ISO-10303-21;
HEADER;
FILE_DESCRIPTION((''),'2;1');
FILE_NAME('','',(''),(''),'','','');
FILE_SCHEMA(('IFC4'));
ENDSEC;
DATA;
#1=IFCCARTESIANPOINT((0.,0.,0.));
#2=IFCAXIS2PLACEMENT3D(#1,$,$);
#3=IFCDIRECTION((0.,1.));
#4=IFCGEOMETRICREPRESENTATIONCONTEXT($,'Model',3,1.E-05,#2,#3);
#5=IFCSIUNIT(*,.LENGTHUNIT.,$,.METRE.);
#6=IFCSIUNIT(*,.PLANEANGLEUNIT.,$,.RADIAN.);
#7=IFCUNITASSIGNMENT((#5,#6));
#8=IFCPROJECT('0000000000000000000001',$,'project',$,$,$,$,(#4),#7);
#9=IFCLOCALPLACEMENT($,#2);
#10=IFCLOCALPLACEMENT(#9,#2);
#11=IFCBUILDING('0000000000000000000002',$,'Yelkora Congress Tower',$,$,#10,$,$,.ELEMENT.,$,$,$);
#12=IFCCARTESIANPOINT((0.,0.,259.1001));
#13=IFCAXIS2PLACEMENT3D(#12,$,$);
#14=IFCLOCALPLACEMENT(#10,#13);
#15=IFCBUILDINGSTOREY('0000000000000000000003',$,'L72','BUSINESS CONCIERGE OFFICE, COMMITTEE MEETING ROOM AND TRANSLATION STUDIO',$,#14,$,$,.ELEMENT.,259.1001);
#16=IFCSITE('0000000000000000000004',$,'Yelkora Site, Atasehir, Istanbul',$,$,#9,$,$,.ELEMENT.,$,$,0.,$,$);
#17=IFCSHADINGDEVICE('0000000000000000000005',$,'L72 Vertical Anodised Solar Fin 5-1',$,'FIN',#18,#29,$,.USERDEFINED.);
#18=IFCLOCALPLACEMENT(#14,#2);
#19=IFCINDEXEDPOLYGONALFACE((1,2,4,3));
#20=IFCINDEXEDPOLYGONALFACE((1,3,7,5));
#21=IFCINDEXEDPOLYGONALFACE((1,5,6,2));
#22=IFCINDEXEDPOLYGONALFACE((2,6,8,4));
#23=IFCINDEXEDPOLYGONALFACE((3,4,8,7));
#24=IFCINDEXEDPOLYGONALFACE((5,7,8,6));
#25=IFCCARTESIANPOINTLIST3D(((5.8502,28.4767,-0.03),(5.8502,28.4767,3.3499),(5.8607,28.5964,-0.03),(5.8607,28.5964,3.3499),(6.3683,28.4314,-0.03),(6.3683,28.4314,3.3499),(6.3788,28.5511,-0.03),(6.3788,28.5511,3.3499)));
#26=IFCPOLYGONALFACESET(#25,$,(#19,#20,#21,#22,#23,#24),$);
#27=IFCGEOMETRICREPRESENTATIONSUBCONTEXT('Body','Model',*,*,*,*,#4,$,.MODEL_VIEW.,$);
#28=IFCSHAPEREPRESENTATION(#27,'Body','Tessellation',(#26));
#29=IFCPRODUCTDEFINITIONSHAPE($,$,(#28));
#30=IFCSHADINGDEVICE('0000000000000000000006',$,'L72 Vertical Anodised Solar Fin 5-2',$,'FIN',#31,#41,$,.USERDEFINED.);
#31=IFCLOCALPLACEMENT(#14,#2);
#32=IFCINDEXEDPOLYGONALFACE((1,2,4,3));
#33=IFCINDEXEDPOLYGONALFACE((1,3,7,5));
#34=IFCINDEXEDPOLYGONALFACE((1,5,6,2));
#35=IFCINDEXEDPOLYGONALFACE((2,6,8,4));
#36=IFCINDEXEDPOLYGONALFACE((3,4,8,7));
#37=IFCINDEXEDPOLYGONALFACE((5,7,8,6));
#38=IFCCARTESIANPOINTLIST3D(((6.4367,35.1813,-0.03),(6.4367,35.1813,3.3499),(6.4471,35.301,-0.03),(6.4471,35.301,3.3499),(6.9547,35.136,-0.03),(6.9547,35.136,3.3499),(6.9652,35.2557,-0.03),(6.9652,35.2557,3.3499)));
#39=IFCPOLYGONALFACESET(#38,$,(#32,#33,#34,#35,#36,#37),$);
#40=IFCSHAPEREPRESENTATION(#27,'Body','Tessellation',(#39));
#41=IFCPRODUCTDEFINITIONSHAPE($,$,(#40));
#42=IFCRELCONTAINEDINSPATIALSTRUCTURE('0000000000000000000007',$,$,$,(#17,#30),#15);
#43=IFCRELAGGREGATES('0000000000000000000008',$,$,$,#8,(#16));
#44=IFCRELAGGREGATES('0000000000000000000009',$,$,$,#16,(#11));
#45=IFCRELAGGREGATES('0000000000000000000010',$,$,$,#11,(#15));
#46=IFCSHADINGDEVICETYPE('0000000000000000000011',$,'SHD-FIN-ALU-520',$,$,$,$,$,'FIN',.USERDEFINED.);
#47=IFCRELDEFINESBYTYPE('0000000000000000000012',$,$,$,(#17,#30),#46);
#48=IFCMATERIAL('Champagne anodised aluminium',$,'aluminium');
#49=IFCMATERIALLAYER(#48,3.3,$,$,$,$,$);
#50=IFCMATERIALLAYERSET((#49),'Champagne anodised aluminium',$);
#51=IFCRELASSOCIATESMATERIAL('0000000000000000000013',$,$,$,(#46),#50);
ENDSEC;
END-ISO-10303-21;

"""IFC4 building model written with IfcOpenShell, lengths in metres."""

from ifc_helpers import new_model, si_unit, direction, frame, origin, origin_2d, place, context, subcontext, project, spatial, rectangle, extrude, material, layer, layer_set, type_object, element, save


model = new_model("IFC4")

# Units and contexts
model_context = context("Model", 3, precision=1e-05, world=origin(), true_north=direction((0.0, 1.0)))
body_context = subcontext(model_context, "Body", "Model", "MODEL_VIEW")
ifc_project = project(units=[si_unit("LENGTHUNIT", "METRE"), si_unit("PLANEANGLEUNIT", "RADIAN")], contexts=[model_context])

# Site, building, storey
site_placement = place(None, origin())
site = spatial("IfcSite", under=ifc_project, at=site_placement, Name="Yelkora Site, Atasehir, Istanbul", CompositionType="ELEMENT", RefElevation=0.0)
building_placement = place(site_placement, origin())
building = spatial("IfcBuilding", under=site, at=building_placement, Name="Yelkora Congress Tower", CompositionType="ELEMENT")
storey_placement = place(building_placement, frame((0.0, 0.0, 259.1001)))
storey = spatial("IfcBuildingStorey", under=building, at=storey_placement, Name="L72", Description="BUSINESS CONCIERGE OFFICE, COMMITTEE MEETING ROOM AND TRANSLATION STUDIO", CompositionType="ELEMENT", Elevation=259.1001)

# Shading devices
ifc_material_1 = material(Name="Champagne anodised aluminium", Category="aluminium")
ifc_layer_1 = layer(ifc_material_1, 3.3)
ifc_layer_set_1 = layer_set([ifc_layer_1], Name="Champagne anodised aluminium")
shading_device_type = type_object("IfcShadingDeviceType", Name="SHD-FIN-ALU-520", ElementType="FIN", PredefinedType="USERDEFINED", material=ifc_layer_set_1)
for number, where, z_axis, x_axis, name in (
    (1, (6.1145, 28.5139, -0.03), (0.0, 0.0, 1.0), (0.087156, 0.996195, 0.0), "L72 Vertical Anodised Solar Fin 5-1"),
    (2, (6.7009, 35.2185, -0.03), (0.0, 0.0, 1.0), (0.087156, 0.996195, 0.0), "L72 Vertical Anodised Solar Fin 5-2"),
):
    element("IfcShadingDevice", number, at=place(storey_placement, frame(where, z_axis=z_axis, x_axis=x_axis)), inside=storey, type_object=shading_device_type, Name=name, ObjectType="FIN", PredefinedType="USERDEFINED", context=body_context, shape_type="SweptSolid", body=[
        extrude(rectangle(XDim=0.1201, YDim=0.52, at=origin_2d()), origin(), (0.0, 0.0, 1.0), 3.3799),
    ])

save(model, "model.ifc")
